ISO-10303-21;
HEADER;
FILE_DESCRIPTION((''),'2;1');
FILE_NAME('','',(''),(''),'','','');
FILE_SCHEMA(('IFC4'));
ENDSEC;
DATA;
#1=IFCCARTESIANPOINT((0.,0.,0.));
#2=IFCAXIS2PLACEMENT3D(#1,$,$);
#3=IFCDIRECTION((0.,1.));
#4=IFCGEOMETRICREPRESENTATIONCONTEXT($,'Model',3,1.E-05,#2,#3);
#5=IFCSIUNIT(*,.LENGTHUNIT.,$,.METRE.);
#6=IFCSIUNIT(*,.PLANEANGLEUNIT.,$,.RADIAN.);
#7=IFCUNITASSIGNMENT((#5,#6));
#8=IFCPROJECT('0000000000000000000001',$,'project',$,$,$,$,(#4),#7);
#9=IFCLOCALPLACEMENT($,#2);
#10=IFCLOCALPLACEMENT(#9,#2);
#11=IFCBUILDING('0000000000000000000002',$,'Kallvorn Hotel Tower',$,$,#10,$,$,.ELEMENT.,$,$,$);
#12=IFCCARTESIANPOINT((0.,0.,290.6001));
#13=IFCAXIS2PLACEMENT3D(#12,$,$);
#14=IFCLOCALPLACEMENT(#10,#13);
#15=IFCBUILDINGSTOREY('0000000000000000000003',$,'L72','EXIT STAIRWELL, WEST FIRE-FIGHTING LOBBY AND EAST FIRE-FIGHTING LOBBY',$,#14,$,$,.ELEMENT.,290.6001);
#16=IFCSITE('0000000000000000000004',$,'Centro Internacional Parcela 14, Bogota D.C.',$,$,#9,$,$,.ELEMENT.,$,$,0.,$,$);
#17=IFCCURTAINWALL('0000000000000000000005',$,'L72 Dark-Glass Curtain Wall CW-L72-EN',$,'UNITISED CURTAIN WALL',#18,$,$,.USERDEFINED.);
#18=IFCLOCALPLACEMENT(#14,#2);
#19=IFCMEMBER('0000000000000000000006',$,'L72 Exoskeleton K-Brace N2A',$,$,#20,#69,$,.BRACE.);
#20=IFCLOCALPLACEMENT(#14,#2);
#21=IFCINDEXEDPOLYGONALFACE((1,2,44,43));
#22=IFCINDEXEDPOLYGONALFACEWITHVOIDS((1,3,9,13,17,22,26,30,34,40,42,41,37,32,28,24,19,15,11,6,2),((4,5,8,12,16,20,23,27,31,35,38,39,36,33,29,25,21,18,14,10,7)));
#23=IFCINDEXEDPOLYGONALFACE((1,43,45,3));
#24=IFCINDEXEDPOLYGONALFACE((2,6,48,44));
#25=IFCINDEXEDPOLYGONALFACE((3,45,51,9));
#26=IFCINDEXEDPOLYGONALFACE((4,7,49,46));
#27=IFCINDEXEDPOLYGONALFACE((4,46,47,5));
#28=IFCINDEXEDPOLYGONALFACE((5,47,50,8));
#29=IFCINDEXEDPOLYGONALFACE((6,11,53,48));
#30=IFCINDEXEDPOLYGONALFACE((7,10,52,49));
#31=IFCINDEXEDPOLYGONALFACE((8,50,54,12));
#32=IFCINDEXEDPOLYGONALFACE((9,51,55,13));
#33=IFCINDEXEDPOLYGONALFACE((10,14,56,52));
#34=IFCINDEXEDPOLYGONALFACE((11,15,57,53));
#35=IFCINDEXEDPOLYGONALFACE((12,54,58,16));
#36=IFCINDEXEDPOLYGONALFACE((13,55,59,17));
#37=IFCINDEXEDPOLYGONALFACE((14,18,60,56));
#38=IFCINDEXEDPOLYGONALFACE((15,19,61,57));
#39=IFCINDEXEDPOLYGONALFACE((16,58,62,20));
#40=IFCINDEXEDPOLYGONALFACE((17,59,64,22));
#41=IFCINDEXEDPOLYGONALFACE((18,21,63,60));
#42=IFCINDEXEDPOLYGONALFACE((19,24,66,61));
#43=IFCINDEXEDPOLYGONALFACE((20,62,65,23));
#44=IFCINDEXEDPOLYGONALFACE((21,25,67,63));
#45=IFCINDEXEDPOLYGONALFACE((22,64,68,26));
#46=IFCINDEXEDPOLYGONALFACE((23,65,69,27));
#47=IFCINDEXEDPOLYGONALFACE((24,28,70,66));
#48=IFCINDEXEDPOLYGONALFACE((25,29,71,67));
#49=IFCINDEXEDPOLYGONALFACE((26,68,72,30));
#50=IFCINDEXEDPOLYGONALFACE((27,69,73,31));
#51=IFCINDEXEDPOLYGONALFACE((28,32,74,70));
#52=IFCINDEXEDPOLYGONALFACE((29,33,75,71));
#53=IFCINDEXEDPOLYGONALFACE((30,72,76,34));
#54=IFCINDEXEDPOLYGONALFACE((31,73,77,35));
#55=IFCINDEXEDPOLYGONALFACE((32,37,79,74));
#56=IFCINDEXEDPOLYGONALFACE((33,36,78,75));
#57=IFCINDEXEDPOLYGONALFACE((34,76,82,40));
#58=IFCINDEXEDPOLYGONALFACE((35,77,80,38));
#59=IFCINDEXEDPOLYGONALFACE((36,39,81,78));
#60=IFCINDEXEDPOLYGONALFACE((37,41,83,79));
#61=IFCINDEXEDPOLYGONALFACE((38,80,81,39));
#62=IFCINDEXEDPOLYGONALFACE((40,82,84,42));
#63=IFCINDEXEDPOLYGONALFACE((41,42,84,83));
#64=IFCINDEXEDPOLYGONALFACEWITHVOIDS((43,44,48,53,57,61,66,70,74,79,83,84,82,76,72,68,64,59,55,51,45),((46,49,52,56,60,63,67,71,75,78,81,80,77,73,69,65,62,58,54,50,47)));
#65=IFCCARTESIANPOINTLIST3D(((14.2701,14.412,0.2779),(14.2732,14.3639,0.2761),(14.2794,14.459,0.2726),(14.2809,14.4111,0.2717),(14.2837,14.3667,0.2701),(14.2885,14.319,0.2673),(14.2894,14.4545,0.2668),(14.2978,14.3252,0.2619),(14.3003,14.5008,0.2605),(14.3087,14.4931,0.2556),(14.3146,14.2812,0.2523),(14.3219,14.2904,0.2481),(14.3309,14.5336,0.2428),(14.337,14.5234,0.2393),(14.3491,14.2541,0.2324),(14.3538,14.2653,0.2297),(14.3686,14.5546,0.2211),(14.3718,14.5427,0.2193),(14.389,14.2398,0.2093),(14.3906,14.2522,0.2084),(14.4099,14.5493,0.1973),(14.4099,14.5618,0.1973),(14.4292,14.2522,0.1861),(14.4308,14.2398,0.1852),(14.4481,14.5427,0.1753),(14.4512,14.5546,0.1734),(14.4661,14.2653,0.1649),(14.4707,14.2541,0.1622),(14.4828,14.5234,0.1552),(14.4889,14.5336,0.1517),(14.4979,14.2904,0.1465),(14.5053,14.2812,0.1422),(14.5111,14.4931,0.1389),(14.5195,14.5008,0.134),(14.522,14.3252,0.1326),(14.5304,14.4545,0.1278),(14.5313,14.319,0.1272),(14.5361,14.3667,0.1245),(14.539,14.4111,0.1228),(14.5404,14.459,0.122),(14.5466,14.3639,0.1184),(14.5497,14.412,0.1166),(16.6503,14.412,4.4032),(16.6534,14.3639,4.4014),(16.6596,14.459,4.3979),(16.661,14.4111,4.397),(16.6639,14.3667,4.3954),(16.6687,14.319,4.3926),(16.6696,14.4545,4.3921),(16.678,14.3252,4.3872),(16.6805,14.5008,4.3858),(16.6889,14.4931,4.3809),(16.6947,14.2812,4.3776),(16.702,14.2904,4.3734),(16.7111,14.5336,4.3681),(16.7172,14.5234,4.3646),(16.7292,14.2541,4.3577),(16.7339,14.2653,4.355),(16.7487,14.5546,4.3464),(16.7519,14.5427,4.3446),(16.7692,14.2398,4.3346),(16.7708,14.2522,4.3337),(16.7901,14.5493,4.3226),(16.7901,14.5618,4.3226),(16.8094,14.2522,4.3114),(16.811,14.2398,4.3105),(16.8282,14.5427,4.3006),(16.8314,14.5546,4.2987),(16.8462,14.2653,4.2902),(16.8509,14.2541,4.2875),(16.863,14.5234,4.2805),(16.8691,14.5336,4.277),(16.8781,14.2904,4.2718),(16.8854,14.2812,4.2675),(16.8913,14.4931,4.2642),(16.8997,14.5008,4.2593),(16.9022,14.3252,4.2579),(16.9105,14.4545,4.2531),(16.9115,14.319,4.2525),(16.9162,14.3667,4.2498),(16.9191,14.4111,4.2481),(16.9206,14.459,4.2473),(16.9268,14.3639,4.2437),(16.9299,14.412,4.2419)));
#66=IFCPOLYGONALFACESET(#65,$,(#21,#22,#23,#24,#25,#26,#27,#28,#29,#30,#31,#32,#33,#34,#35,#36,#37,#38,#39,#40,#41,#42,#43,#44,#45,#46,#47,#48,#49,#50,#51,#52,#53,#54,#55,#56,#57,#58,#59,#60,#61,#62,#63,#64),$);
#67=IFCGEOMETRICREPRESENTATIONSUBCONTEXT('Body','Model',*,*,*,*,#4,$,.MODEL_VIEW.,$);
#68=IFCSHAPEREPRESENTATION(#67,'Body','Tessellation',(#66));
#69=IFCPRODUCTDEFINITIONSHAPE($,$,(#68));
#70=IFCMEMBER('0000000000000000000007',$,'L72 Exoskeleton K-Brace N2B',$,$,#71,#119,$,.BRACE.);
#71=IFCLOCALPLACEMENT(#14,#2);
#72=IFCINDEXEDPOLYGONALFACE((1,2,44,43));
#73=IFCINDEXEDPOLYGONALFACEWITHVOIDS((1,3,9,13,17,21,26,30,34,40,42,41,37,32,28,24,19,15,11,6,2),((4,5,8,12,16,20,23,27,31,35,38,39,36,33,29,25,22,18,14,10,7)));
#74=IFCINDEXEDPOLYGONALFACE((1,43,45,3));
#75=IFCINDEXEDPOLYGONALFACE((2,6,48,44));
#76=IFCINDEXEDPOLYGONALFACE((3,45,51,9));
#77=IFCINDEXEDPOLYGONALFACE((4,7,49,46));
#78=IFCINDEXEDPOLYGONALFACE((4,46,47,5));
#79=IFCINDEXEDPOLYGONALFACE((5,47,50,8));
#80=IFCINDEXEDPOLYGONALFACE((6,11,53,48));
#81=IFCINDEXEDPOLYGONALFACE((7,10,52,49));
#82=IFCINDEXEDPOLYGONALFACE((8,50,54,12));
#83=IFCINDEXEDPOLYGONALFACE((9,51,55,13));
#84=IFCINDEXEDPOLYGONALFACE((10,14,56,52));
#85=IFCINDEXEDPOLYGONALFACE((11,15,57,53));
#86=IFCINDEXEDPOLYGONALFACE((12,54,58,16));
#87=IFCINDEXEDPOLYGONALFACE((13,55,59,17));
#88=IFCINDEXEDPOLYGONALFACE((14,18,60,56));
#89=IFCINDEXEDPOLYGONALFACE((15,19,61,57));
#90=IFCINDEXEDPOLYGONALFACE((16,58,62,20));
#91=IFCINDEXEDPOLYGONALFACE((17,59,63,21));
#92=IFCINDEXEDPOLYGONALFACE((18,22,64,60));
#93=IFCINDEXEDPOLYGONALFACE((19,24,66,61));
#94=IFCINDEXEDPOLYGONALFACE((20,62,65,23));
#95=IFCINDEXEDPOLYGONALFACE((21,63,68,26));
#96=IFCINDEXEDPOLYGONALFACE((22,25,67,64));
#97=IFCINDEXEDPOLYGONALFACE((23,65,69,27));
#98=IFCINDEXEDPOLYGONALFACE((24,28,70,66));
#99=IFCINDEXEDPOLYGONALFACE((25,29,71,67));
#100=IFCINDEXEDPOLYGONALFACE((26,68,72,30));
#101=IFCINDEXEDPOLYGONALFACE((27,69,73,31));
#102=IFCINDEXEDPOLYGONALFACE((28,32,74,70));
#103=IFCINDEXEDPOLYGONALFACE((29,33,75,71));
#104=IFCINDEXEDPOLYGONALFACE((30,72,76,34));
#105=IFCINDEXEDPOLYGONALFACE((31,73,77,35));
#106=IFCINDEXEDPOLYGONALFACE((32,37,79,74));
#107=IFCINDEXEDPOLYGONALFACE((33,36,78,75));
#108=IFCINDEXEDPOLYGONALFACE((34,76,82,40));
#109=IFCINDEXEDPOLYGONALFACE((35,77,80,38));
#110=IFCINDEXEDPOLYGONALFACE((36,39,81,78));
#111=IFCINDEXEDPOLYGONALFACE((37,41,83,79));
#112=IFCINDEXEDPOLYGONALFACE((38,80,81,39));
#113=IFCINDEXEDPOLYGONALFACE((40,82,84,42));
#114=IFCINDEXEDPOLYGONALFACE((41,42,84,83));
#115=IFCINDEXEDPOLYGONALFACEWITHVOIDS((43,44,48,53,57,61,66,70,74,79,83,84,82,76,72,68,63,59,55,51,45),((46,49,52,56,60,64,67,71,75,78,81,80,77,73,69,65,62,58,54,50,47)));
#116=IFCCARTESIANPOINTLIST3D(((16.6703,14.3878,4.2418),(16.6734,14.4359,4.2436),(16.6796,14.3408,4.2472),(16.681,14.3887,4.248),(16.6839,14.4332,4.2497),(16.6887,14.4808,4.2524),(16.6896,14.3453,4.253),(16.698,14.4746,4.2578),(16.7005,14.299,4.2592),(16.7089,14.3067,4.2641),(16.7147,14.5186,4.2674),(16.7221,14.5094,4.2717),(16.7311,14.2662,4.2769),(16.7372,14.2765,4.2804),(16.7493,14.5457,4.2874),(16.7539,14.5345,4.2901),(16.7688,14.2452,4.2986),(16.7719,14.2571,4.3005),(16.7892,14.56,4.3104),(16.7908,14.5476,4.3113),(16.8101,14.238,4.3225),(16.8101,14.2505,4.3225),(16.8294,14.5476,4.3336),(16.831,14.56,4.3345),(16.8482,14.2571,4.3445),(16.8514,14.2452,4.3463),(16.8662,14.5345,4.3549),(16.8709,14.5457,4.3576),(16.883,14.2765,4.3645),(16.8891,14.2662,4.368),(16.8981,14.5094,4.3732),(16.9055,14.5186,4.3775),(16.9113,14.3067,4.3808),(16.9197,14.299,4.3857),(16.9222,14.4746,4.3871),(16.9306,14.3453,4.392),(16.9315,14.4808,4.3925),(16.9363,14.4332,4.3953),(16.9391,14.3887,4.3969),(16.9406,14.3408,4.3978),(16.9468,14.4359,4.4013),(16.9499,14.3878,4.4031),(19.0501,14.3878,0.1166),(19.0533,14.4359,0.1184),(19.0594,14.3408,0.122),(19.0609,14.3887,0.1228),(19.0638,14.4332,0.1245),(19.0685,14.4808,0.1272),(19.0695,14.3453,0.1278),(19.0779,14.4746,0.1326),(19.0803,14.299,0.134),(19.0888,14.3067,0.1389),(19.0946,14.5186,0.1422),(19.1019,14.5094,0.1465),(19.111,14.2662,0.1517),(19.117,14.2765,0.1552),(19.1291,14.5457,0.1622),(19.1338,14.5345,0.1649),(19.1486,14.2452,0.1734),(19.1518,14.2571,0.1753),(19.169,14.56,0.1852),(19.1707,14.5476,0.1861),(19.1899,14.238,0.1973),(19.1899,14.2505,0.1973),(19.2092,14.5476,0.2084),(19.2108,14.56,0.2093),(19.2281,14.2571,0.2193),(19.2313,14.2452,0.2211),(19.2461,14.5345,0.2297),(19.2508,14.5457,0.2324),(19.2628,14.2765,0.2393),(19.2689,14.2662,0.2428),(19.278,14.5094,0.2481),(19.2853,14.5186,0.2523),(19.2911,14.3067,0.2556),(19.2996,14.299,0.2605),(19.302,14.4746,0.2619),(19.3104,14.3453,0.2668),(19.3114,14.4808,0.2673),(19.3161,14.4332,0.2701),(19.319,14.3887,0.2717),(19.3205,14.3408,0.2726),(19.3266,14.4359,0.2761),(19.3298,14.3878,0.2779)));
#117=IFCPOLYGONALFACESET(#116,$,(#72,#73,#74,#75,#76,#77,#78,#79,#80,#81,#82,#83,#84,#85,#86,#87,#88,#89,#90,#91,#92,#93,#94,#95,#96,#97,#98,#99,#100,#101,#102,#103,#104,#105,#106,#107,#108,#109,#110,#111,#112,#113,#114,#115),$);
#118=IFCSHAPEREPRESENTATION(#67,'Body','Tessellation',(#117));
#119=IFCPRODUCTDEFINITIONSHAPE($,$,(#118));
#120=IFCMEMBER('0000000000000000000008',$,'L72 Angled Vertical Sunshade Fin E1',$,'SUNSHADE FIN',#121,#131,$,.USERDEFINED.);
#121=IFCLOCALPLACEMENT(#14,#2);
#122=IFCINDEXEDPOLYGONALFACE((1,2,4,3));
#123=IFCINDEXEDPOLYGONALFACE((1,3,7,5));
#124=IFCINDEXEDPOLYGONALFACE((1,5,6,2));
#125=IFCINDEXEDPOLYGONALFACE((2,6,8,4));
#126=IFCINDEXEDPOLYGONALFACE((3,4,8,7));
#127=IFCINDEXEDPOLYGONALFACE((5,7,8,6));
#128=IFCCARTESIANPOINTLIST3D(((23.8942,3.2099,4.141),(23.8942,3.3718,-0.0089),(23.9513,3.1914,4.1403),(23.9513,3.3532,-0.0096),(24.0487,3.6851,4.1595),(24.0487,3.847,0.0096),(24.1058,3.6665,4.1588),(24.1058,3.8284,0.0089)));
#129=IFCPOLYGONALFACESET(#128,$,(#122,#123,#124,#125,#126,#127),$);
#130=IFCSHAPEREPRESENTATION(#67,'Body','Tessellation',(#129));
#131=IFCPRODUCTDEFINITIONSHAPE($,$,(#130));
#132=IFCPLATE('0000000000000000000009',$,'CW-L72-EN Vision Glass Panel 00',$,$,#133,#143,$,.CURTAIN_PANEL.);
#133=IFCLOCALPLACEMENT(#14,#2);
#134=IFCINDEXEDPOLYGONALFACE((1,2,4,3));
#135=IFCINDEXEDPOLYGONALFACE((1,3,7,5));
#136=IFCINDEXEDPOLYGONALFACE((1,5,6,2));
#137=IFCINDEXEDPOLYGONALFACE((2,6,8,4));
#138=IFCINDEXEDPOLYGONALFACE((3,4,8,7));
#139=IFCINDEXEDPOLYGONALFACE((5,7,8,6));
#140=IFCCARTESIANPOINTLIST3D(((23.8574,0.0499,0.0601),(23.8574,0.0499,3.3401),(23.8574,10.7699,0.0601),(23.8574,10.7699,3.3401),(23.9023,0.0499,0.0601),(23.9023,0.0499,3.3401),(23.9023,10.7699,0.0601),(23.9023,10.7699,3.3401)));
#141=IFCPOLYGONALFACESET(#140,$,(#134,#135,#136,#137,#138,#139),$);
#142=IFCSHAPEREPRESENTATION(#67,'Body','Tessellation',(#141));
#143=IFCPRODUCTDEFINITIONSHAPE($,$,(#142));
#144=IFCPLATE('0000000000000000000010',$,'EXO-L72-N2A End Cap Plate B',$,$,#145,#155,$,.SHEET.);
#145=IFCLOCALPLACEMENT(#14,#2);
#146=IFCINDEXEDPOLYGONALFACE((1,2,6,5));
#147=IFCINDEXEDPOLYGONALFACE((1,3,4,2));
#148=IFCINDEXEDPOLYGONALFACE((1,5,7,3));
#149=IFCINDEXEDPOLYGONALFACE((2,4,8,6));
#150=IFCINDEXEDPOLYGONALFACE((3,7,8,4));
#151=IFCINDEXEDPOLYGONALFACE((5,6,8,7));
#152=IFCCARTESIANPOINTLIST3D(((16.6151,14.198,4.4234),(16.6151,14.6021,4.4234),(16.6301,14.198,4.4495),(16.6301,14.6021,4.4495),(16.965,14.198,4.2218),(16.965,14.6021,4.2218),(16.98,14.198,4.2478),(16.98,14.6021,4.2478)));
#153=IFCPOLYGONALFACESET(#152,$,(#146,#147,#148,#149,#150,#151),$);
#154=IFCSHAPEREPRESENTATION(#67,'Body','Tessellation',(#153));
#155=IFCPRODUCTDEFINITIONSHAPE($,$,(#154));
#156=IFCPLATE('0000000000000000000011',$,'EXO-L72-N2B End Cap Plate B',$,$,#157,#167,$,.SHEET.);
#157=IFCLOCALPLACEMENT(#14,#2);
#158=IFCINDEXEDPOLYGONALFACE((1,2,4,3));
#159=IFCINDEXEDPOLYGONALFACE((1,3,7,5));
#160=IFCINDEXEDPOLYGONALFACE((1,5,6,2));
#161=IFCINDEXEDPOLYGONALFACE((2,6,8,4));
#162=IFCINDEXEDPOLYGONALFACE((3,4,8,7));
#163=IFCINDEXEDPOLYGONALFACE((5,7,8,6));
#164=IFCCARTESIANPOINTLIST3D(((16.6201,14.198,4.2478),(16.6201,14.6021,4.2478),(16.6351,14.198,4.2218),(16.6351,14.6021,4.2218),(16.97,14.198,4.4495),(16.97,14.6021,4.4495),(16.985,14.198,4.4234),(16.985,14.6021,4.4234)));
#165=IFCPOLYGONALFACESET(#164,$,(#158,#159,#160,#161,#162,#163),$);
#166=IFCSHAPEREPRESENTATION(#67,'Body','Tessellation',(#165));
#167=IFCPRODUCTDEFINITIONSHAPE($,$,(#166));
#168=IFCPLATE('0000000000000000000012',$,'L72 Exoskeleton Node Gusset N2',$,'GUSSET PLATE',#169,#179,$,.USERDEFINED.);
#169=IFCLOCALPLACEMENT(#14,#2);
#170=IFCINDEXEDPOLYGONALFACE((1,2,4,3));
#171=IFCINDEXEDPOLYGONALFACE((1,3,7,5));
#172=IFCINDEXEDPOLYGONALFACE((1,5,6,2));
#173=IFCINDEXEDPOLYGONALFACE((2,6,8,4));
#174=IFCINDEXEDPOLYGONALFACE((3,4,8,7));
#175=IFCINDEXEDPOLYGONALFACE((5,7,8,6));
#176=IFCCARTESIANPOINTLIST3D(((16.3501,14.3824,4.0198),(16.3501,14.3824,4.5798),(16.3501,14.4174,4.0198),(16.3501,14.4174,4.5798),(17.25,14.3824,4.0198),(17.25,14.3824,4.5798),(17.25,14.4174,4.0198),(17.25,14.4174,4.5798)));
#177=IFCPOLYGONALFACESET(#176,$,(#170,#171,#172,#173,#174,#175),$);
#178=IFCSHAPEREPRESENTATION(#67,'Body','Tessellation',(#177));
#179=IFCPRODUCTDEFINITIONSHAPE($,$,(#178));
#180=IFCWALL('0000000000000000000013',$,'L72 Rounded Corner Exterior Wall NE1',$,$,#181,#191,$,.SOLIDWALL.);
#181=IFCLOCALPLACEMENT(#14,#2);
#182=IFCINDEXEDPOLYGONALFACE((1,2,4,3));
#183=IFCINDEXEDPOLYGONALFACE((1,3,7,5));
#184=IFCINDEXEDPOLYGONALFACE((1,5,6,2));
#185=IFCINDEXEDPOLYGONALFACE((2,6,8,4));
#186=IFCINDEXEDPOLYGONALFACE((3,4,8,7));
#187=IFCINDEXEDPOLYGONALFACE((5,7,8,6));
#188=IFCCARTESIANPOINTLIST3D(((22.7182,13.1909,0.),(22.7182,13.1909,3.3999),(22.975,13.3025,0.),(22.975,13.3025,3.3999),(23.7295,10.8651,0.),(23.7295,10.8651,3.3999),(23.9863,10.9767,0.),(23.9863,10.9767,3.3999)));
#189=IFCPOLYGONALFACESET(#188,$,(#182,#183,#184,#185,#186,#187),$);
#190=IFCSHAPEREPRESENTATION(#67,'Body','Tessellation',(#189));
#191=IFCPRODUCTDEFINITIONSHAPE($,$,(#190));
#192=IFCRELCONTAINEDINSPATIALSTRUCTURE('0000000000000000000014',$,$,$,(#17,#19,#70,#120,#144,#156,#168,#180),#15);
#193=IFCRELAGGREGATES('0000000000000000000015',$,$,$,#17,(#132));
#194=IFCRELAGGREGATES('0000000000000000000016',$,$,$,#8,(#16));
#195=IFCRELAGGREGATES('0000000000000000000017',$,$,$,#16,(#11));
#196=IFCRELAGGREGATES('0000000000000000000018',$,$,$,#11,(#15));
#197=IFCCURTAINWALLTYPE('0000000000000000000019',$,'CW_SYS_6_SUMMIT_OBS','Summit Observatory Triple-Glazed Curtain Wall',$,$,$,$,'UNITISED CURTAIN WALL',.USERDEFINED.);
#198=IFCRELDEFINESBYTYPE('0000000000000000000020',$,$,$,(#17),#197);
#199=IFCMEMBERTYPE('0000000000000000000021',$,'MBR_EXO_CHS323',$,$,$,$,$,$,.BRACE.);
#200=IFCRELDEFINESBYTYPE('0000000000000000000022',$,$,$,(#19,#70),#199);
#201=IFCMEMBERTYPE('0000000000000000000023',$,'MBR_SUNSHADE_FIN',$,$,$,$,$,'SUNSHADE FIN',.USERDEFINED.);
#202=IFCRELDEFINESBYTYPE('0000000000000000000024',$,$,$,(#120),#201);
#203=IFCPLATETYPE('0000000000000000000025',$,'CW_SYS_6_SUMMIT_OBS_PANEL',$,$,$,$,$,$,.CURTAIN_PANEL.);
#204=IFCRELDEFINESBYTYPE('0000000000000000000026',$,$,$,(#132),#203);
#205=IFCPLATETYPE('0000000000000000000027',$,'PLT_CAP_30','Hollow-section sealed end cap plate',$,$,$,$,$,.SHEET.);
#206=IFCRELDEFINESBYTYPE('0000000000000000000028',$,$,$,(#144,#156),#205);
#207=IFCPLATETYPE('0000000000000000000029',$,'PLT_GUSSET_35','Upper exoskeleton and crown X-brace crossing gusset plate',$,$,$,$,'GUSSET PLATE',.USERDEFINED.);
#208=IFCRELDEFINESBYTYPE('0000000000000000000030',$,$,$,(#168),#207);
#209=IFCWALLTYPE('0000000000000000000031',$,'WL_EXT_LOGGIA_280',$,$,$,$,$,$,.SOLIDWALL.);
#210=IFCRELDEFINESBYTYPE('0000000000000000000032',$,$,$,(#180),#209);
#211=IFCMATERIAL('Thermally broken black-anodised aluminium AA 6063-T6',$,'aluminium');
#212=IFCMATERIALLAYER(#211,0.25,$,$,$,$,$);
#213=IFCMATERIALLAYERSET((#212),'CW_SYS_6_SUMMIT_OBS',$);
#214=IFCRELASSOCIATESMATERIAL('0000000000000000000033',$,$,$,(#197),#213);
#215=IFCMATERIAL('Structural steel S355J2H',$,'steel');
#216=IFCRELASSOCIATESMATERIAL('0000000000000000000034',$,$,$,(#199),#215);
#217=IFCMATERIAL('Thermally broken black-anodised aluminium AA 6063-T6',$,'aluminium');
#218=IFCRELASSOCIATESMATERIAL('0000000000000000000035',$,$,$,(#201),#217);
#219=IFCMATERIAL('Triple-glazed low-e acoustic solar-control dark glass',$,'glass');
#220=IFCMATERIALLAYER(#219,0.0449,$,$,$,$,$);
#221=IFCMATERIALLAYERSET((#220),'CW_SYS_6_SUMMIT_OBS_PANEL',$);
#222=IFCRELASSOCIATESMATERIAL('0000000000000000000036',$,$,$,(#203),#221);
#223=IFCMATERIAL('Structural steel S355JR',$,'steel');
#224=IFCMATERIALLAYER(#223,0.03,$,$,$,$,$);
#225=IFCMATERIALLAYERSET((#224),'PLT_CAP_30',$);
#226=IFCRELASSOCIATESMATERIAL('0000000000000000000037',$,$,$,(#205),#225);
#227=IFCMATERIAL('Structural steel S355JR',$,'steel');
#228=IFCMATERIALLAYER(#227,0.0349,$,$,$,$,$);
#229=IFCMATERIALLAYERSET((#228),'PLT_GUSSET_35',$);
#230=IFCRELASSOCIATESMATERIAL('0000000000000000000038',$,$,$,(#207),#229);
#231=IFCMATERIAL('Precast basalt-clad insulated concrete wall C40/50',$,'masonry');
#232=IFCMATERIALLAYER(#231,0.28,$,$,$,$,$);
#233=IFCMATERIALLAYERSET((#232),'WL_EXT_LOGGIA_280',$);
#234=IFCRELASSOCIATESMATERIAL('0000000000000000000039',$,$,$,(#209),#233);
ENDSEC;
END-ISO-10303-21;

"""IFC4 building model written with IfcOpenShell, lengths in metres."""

from ifc_helpers import new_model, si_unit, direction, frame, frame_2d, origin, origin_2d, place, context, subcontext, project, spatial, polyline, rectangle, hollow_circle, outline, extrude, material, layer, layer_set, material_profile, profile_set, type_object, element, aggregate, save


model = new_model("IFC4")

# Units and contexts
model_context = context("Model", 3, precision=1e-05, world=origin(), true_north=direction((0.0, 1.0)))
body_context = subcontext(model_context, "Body", "Model", "MODEL_VIEW")
ifc_project = project(units=[si_unit("LENGTHUNIT", "METRE"), si_unit("PLANEANGLEUNIT", "RADIAN")], contexts=[model_context])

# Site, building, storey
site_placement = place(None, origin())
site = spatial("IfcSite", under=ifc_project, at=site_placement, Name="Centro Internacional Parcela 14, Bogota D.C.", CompositionType="ELEMENT", RefElevation=0.0)
building_placement = place(site_placement, origin())
building = spatial("IfcBuilding", under=site, at=building_placement, Name="Kallvorn Hotel Tower", CompositionType="ELEMENT")
storey_placement = place(building_placement, frame((0.0, 0.0, 290.6001)))
storey = spatial("IfcBuildingStorey", under=building, at=storey_placement, Name="L72", Description="EXIT STAIRWELL, WEST FIRE-FIGHTING LOBBY AND EAST FIRE-FIGHTING LOBBY", CompositionType="ELEMENT", Elevation=290.6001)

# Curtain wall
ifc_material_1 = material(Name="Thermally broken black-anodised aluminium AA 6063-T6", Category="aluminium")
ifc_layer_1 = layer(ifc_material_1, 0.25)
ifc_layer_set_1 = layer_set([ifc_layer_1], Name="CW_SYS_6_SUMMIT_OBS")
curtain_wall_type = type_object("IfcCurtainWallType", Name="CW_SYS_6_SUMMIT_OBS", Description="Summit Observatory Triple-Glazed Curtain Wall", ElementType="UNITISED CURTAIN WALL", PredefinedType="USERDEFINED", material=ifc_layer_set_1)
curtain_wall_placement = place(storey_placement, origin())
curtain_wall = element("IfcCurtainWall", 1, at=curtain_wall_placement, inside=storey, type_object=curtain_wall_type, Name="L72 Dark-Glass Curtain Wall CW-L72-EN", ObjectType="UNITISED CURTAIN WALL", PredefinedType="USERDEFINED")

# Members
ifc_material_2 = material(Name="Structural steel S355J2H", Category="steel")
ifc_material_profile_1 = material_profile(ifc_material_2, hollow_circle(Radius=0.1619, WallThickness=0.0125, at=origin_2d()), Name="CHS 323.9x12.5")
ifc_profile_set_1 = profile_set([ifc_material_profile_1], Name="Structural steel S355J2H")
member_type_1 = type_object("IfcMemberType", Name="MBR_EXO_CHS323", PredefinedType="BRACE", material=ifc_profile_set_1)
member_1_placement = place(storey_placement, frame((14.4099, 14.3999, 0.1973), z_axis=(0.499751, 0.0, 0.866169), x_axis=(0.0, 1.0, 0.0)))
element("IfcMember", 2, at=member_1_placement, inside=storey, type_object=member_type_1, Name="L72 Exoskeleton K-Brace N2A", PredefinedType="BRACE", context=body_context, shape_type="SweptSolid", body=[
    extrude(hollow_circle(Radius=0.1619, WallThickness=0.0125, at=origin_2d()), origin(), (0.0, 0.0, 1.0), 4.7627),
])
member_2_placement = place(storey_placement, frame((19.1899, 14.3999, 0.1973), z_axis=(-0.499712, 0.0, 0.866192), x_axis=(0.0, -1.0, 0.0)))
element("IfcMember", 3, at=member_2_placement, inside=storey, type_object=member_type_1, Name="L72 Exoskeleton K-Brace N2B", PredefinedType="BRACE", context=body_context, shape_type="SweptSolid", body=[
    extrude(hollow_circle(Radius=0.1619, WallThickness=0.0125, at=origin_2d()), origin(), (0.0, 0.0, 1.0), 4.7625),
])
ifc_material_3 = material(Name="Thermally broken black-anodised aluminium AA 6063-T6", Category="aluminium")
ifc_material_profile_2 = material_profile(ifc_material_3, rectangle(XDim=0.0601, YDim=0.5, at=origin_2d()), Name="FIN 500x60")
ifc_profile_set_2 = profile_set([ifc_material_profile_2], Name="Thermally broken black-anodised aluminium AA 6063-T6")
member_type_2 = type_object("IfcMemberType", Name="MBR_SUNSHADE_FIN", ElementType="SUNSHADE FIN", PredefinedType="USERDEFINED", material=ifc_profile_set_2)
member_3_placement = place(storey_placement, frame((24.0, 3.6001, 0.0), z_axis=(0.0, -0.038975, 0.99924), x_axis=(0.951057, -0.308782, -0.012044)))
element("IfcMember", 4, at=member_3_placement, inside=storey, type_object=member_type_2, Name="L72 Angled Vertical Sunshade Fin E1", ObjectType="SUNSHADE FIN", PredefinedType="USERDEFINED", context=body_context, shape_type="SweptSolid", body=[
    extrude(rectangle(XDim=0.0601, YDim=0.5, at=origin_2d()), origin(), (0.0, 0.0, 1.0), 4.1531),
])

# Plate
ifc_material_4 = material(Name="Triple-glazed low-e acoustic solar-control dark glass", Category="glass")
ifc_layer_2 = layer(ifc_material_4, 0.0449)
ifc_layer_set_2 = layer_set([ifc_layer_2], Name="CW_SYS_6_SUMMIT_OBS_PANEL")
plate_type_1 = type_object("IfcPlateType", Name="CW_SYS_6_SUMMIT_OBS_PANEL", PredefinedType="CURTAIN_PANEL", material=ifc_layer_set_2)
plate_1_placement = place(storey_placement, frame((23.8799, 5.4099, 0.0601), z_axis=(0.0, 0.0, 1.0), x_axis=(0.0, 1.0, 0.0)))
plate_1 = element("IfcPlate", 5, at=plate_1_placement, type_object=plate_type_1, Name="CW-L72-EN Vision Glass Panel 00", PredefinedType="CURTAIN_PANEL", context=body_context, shape_type="SweptSolid", body=[
    extrude(rectangle(XDim=10.72, YDim=0.0449, at=origin_2d()), origin(), (0.0, 0.0, 1.0), 3.28),
])
aggregate(curtain_wall, [plate_1])

# Plates
ifc_material_5 = material(Name="Structural steel S355JR", Category="steel")
ifc_layer_3 = layer(ifc_material_5, 0.03)
ifc_layer_set_3 = layer_set([ifc_layer_3], Name="PLT_CAP_30")
plate_type_2 = type_object("IfcPlateType", Name="PLT_CAP_30", Description="Hollow-section sealed end cap plate", PredefinedType="SHEET", material=ifc_layer_set_3)
for number, where, z_axis, x_axis, name in (
    (6, (16.98, 14.198, 4.2478), (0.499391, 0.0, 0.866377), (0.0, 1.0, 0.0), "EXO-L72-N2A End Cap Plate B"),
    (7, (16.6201, 14.6021, 4.2478), (-0.499391, 0.0, 0.866377), (0.0, -1.0, 0.0), "EXO-L72-N2B End Cap Plate B"),
):
    element("IfcPlate", number, at=place(storey_placement, frame(where, z_axis=z_axis, x_axis=x_axis)), inside=storey, type_object=plate_type_2, Name=name, PredefinedType="SHEET", context=body_context, shape_type="SweptSolid", body=[
        extrude(outline(polyline([(0.0, 0.0), (0.4041, 0.0), (0.4041, 0.4038), (0.0, 0.4038), (0.0, 0.0)])), origin(), (0.0, 0.0, -1.0), 0.03),
    ])
ifc_material_6 = material(Name="Structural steel S355JR", Category="steel")
ifc_layer_4 = layer(ifc_material_6, 0.0349)
ifc_layer_set_4 = layer_set([ifc_layer_4], Name="PLT_GUSSET_35")
plate_type_3 = type_object("IfcPlateType", Name="PLT_GUSSET_35", Description="Upper exoskeleton and crown X-brace crossing gusset plate", ElementType="GUSSET PLATE", PredefinedType="USERDEFINED", material=ifc_layer_set_4)
plate_2_placement = place(storey_placement, frame((16.8, 14.3999, 4.0198), z_axis=(0.0, 0.0, 1.0), x_axis=(1.0, 0.0, 0.0)))
element("IfcPlate", 8, at=plate_2_placement, inside=storey, type_object=plate_type_3, Name="L72 Exoskeleton Node Gusset N2", ObjectType="GUSSET PLATE", PredefinedType="USERDEFINED", context=body_context, shape_type="SweptSolid", body=[
    extrude(rectangle(XDim=0.8999, YDim=0.0349, at=origin_2d()), origin(), (0.0, 0.0, 1.0), 0.5601),
])

# Wall
ifc_material_7 = material(Name="Precast basalt-clad insulated concrete wall C40/50", Category="masonry")
ifc_layer_5 = layer(ifc_material_7, 0.28)
ifc_layer_set_5 = layer_set([ifc_layer_5], Name="WL_EXT_LOGGIA_280")
wall_type_1 = type_object("IfcWallType", Name="WL_EXT_LOGGIA_280", PredefinedType="SOLIDWALL", material=ifc_layer_set_5)
for number, where, z_axis, x_axis, name in (
    (9, (23.8579, 10.9209, 0.0), (0.0, 0.0, 1.0), (-0.398747, 0.917061, 0.0), "L72 Rounded Corner Exterior Wall NE1"),
):
    element("IfcWall", number, at=place(storey_placement, frame(where, z_axis=z_axis, x_axis=x_axis)), inside=storey, type_object=wall_type_1, Name=name, PredefinedType="SOLIDWALL", context=body_context, shape_type="SweptSolid", body=[
        extrude(rectangle(XDim=2.5361, YDim=0.28, at=frame_2d((1.2681, 0.0))), origin(), (0.0, 0.0, 1.0), 3.3999),
    ])

save(model, "model.ifc")
